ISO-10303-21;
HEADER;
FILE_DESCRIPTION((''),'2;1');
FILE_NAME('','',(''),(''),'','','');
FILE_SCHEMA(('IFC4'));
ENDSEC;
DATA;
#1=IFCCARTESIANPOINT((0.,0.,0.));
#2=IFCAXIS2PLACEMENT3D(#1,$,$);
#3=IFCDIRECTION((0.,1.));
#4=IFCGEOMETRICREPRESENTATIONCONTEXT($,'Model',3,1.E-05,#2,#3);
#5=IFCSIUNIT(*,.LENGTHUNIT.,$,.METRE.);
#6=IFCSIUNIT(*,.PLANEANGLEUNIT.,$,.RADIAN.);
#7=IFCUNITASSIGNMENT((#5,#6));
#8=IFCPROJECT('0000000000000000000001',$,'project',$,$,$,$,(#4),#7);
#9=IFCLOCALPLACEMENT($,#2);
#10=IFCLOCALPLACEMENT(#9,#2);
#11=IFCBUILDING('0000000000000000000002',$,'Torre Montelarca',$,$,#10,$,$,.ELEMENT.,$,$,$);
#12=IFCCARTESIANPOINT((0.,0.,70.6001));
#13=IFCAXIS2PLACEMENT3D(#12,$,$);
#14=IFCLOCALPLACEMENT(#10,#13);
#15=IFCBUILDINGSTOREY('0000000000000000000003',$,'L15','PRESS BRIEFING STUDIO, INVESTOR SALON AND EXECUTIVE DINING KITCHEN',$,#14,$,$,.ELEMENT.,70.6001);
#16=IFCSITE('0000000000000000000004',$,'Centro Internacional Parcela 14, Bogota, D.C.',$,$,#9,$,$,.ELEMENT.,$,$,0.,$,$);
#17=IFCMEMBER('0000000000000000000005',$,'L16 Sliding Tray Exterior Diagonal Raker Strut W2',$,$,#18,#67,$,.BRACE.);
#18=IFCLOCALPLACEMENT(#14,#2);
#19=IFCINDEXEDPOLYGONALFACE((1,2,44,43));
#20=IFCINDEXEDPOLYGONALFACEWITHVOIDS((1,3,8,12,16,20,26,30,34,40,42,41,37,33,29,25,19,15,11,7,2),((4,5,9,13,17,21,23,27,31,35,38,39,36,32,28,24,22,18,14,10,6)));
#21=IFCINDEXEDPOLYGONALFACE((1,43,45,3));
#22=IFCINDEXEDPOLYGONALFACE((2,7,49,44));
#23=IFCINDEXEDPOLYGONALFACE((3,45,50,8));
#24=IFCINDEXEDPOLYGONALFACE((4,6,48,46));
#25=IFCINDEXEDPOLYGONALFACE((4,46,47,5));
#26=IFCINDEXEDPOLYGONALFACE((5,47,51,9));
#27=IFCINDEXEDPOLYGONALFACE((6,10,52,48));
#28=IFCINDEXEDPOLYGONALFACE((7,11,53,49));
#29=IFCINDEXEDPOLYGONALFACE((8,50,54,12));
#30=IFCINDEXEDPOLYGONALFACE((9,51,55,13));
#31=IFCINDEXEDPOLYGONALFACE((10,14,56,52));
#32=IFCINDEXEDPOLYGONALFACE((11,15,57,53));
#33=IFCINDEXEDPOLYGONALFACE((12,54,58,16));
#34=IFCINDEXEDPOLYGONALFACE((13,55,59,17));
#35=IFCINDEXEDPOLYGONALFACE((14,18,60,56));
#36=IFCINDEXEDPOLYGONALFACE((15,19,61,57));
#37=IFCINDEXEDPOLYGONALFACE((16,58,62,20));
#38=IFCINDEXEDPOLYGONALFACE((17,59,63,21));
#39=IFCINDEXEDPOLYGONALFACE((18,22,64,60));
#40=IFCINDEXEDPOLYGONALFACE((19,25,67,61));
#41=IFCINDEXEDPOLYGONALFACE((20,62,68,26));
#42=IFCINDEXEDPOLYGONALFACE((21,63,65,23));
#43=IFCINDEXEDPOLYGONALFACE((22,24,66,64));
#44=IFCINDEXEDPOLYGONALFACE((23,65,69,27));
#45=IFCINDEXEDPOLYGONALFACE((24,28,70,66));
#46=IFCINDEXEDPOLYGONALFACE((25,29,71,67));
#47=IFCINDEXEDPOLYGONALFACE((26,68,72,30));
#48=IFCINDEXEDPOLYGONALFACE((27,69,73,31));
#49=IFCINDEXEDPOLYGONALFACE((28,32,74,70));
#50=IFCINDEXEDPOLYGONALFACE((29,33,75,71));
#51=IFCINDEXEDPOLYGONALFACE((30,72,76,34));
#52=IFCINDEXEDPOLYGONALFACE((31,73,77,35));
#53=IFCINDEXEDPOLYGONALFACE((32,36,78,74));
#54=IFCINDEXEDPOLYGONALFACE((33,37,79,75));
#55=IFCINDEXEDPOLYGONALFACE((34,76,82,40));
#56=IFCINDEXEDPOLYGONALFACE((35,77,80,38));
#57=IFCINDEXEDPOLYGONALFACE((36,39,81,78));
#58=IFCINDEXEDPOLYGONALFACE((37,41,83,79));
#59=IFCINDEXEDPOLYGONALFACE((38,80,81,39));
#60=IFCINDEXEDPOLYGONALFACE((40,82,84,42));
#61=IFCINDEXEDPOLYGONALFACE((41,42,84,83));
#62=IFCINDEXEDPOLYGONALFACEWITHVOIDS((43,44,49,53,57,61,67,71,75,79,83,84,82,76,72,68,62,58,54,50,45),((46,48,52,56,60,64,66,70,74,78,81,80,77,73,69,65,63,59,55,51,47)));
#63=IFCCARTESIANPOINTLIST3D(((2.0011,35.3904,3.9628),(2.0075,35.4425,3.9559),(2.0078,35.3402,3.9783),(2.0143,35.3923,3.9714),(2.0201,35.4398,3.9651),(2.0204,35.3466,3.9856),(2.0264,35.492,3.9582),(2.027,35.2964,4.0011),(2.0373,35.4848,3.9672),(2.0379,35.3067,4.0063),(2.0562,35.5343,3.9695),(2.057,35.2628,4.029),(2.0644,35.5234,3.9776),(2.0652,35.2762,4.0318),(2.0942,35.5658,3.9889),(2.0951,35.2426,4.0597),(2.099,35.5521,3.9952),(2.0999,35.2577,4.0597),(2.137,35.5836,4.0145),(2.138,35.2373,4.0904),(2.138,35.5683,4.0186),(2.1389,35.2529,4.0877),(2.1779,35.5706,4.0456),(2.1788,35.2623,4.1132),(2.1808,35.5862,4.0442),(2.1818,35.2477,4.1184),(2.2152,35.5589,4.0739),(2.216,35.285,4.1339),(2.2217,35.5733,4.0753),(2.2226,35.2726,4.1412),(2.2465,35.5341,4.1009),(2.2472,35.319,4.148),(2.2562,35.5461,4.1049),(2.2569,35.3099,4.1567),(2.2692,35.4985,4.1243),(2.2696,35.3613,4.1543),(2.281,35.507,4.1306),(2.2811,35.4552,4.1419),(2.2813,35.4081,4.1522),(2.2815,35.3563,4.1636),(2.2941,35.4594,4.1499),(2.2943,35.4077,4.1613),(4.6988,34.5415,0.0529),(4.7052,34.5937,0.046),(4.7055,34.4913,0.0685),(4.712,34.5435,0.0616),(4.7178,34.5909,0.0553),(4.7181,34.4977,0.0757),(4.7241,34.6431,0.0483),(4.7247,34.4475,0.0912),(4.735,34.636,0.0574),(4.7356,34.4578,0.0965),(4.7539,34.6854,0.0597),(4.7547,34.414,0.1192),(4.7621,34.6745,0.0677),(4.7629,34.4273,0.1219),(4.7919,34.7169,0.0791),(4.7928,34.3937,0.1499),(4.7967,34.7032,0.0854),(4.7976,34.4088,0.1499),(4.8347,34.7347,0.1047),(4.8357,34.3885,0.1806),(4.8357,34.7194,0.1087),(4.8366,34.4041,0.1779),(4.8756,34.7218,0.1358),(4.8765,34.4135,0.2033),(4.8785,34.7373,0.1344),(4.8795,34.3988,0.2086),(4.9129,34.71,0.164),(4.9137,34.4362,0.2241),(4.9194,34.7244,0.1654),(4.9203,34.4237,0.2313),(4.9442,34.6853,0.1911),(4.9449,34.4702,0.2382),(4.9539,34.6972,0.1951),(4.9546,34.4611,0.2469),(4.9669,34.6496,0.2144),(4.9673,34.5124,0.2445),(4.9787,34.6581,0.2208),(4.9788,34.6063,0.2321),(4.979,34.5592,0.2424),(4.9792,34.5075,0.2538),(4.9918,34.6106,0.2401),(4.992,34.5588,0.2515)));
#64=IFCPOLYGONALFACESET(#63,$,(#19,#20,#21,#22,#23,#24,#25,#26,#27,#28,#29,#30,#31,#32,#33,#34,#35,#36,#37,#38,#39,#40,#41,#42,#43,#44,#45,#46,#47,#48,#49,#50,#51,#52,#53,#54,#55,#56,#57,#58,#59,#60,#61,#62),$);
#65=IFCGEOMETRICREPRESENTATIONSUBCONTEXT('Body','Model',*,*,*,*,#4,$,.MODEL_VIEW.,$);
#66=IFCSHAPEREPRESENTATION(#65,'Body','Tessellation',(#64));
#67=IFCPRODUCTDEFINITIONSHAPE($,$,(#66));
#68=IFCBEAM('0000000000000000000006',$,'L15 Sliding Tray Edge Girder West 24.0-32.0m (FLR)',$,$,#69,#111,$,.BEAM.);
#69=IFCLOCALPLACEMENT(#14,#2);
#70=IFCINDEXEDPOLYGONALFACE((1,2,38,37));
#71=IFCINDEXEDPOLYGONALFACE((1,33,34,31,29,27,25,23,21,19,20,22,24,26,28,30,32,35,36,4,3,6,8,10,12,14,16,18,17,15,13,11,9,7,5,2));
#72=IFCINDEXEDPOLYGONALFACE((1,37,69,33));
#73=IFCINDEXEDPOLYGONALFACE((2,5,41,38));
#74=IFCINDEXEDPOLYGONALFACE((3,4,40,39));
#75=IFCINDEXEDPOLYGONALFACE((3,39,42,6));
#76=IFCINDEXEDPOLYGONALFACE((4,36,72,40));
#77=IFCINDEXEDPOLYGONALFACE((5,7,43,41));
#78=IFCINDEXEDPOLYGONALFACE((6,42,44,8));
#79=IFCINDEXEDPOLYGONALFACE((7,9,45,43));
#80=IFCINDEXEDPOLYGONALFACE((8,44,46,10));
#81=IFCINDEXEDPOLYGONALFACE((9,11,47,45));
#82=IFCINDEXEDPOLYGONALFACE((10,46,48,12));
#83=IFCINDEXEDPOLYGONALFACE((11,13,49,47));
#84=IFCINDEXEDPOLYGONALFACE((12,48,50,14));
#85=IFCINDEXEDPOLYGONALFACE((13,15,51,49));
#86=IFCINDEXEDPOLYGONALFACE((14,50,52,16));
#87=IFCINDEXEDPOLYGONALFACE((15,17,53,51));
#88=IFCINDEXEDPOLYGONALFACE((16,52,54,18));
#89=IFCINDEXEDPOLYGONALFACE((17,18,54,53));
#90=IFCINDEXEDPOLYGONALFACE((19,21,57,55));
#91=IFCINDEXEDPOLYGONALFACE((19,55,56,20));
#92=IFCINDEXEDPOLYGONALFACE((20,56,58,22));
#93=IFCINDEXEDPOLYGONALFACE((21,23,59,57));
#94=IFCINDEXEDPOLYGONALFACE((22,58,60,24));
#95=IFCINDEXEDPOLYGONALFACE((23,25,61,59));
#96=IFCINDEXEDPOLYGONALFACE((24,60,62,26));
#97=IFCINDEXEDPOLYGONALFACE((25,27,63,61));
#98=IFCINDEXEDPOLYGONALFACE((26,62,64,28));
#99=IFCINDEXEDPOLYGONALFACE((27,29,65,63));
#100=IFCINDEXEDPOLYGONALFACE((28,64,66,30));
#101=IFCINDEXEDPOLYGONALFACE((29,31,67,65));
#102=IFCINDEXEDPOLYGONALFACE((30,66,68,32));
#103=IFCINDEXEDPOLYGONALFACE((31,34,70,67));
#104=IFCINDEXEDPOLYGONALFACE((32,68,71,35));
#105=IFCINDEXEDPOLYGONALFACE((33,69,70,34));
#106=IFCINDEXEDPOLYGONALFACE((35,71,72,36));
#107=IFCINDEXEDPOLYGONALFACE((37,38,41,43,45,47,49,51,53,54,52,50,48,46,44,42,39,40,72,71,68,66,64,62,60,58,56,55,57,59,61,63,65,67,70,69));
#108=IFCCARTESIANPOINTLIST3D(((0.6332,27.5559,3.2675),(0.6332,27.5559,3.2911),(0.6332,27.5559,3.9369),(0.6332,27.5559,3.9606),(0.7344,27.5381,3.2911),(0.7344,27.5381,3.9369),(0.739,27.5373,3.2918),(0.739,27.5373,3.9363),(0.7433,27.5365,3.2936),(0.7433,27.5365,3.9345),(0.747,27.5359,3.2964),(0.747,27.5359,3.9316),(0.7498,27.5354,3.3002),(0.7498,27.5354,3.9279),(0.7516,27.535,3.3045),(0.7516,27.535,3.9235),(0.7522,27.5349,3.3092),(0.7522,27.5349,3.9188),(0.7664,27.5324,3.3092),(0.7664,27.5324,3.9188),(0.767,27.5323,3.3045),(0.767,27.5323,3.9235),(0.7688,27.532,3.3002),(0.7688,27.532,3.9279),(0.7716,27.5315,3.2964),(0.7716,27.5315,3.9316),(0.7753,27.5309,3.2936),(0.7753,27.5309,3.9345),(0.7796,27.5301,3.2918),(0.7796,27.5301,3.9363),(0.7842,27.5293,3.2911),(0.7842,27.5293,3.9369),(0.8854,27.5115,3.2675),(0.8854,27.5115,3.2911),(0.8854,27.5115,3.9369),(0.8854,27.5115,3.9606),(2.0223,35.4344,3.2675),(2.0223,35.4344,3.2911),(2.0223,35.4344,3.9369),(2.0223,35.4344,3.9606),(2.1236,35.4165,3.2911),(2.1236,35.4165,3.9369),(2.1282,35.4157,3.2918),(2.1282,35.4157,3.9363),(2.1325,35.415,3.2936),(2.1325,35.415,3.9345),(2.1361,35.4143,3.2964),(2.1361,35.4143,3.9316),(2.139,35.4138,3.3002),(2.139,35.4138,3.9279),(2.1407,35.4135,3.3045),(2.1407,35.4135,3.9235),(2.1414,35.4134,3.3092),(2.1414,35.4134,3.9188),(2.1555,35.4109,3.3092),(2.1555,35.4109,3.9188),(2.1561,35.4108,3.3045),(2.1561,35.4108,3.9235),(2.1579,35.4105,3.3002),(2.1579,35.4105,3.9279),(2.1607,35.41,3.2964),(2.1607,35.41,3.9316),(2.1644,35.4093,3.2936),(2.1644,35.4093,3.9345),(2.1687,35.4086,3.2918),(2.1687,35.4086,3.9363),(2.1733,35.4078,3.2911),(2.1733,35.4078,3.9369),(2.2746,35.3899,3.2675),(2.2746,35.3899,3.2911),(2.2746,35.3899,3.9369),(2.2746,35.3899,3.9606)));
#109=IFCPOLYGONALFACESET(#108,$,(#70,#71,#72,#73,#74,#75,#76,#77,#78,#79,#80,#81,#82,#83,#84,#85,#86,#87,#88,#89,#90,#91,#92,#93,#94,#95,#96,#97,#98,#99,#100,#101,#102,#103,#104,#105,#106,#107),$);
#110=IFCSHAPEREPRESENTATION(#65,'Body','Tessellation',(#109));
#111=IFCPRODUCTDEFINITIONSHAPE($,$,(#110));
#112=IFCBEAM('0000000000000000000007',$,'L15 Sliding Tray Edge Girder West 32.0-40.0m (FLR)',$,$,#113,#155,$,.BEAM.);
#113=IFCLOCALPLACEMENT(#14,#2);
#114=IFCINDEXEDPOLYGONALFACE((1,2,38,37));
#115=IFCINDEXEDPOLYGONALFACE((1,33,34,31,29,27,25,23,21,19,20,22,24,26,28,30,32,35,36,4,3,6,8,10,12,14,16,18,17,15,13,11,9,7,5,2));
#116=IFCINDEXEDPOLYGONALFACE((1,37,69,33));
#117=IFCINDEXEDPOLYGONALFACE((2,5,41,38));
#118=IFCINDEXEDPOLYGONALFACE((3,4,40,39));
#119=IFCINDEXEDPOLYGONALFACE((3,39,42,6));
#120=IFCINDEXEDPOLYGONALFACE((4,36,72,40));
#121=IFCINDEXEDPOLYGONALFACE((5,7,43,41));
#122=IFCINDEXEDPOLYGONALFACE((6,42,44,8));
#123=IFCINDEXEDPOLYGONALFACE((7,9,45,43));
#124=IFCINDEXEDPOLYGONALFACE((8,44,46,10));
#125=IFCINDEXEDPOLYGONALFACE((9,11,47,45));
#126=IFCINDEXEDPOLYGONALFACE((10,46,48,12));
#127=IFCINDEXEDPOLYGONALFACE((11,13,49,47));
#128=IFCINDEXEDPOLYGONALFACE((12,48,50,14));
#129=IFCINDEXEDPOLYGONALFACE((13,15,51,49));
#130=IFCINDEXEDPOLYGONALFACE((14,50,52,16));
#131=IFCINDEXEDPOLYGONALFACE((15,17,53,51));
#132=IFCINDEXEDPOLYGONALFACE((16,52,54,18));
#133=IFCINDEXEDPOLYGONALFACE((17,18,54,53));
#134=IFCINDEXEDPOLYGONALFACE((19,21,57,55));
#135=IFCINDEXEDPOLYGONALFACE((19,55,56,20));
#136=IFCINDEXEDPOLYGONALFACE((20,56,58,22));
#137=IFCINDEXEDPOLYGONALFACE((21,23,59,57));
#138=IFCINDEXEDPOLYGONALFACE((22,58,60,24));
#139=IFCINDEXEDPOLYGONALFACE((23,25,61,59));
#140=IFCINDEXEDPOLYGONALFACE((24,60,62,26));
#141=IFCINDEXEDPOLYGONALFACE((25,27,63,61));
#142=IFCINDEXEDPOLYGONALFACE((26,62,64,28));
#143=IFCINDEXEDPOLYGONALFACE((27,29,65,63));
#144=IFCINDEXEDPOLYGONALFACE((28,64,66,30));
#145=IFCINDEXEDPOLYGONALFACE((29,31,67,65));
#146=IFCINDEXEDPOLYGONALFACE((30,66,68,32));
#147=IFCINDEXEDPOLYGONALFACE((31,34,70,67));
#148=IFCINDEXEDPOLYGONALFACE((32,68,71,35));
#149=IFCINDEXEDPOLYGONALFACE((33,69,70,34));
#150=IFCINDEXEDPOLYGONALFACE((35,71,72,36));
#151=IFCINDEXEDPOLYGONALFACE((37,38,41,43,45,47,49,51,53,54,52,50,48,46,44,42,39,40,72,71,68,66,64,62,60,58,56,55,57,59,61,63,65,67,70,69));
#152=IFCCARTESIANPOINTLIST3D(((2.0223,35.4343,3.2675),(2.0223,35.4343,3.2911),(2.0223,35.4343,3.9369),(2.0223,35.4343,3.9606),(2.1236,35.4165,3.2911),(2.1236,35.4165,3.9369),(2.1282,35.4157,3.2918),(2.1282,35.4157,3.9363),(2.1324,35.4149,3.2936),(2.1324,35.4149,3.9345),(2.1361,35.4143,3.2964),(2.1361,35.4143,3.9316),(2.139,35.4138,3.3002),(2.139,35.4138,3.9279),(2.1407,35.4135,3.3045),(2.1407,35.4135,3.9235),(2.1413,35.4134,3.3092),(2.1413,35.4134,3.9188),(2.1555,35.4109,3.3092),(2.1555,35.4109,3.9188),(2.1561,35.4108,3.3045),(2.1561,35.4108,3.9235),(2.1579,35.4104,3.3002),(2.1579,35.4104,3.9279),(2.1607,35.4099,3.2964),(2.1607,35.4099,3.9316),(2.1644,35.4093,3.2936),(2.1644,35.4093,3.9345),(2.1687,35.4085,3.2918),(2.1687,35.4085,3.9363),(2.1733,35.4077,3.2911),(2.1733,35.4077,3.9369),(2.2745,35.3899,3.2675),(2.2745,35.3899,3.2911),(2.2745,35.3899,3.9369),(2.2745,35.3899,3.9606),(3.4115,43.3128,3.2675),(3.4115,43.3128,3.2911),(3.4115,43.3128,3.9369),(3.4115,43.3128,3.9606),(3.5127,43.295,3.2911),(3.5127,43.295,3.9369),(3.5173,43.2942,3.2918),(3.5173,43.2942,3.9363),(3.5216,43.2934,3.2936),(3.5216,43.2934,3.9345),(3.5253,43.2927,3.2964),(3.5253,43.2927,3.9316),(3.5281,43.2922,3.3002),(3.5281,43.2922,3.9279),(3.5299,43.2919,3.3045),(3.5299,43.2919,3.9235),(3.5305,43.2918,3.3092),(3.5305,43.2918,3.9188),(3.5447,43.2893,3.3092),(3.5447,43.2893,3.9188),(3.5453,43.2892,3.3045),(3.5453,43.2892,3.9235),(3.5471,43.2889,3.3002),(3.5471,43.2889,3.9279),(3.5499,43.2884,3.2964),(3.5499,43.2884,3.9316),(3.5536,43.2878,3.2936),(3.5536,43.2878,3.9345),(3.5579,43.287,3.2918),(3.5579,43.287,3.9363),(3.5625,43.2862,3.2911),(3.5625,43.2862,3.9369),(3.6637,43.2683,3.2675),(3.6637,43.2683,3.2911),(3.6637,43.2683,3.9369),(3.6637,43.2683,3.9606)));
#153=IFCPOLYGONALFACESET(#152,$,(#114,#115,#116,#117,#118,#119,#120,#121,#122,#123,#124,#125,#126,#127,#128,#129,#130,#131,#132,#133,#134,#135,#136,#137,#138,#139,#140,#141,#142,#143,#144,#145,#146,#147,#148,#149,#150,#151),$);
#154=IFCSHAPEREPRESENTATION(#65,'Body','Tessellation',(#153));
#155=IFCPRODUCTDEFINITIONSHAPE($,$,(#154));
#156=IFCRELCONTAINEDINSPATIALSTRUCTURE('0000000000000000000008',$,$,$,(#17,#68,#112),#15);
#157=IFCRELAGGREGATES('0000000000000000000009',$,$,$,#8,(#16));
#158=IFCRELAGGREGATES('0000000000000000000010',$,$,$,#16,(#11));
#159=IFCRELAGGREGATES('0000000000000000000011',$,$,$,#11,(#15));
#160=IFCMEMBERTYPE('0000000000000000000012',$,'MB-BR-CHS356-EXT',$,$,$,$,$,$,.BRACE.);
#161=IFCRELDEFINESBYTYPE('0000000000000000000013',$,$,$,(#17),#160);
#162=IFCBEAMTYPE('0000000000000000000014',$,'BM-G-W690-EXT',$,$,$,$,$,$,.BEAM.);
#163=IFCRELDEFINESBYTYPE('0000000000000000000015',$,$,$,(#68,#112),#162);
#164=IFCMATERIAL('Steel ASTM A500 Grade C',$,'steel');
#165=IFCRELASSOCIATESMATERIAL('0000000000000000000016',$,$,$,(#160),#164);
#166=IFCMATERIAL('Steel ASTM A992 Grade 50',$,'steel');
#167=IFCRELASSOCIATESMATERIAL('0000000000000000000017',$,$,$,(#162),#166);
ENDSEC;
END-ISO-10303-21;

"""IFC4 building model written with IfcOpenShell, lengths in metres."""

from ifc_helpers import new_model, si_unit, direction, frame, origin, origin_2d, place, context, subcontext, project, spatial, hollow_circle, i_section, extrude, source, transform, mapped, material, material_profile, profile_set, type_object, element, save


model = new_model("IFC4")

# Units and contexts
model_context = context("Model", 3, precision=1e-05, world=origin(), true_north=direction((0.0, 1.0)))
body_context = subcontext(model_context, "Body", "Model", "MODEL_VIEW")
ifc_project = project(units=[si_unit("LENGTHUNIT", "METRE"), si_unit("PLANEANGLEUNIT", "RADIAN")], contexts=[model_context])

# Site, building, storey
site_placement = place(None, origin())
site = spatial("IfcSite", under=ifc_project, at=site_placement, Name="Centro Internacional Parcela 14, Bogota, D.C.", CompositionType="ELEMENT", RefElevation=0.0)
building_placement = place(site_placement, origin())
building = spatial("IfcBuilding", under=site, at=building_placement, Name="Torre Montelarca", CompositionType="ELEMENT")
storey_placement = place(building_placement, frame((0.0, 0.0, 70.6001)))
storey = spatial("IfcBuildingStorey", under=building, at=storey_placement, Name="L15", Description="PRESS BRIEFING STUDIO, INVESTOR SALON AND EXECUTIVE DINING KITCHEN", CompositionType="ELEMENT", Elevation=70.6001)

# Member
ifc_material_1 = material(Name="Steel ASTM A500 Grade C", Category="steel")
ifc_material_profile_1 = material_profile(ifc_material_1, hollow_circle(Radius=0.1777, WallThickness=0.0159, at=origin_2d()), Name="HSS355.6X15.9", Category="steel")
ifc_profile_set_1 = profile_set([ifc_material_profile_1], Name="Steel ASTM A500 Grade C")
member_type_1 = type_object("IfcMemberType", Name="MB-BR-CHS356-EXT", PredefinedType="BRACE", material=ifc_profile_set_1)
shared_shape_1 = source(origin(), body_context, "Body", "SweptSolid", [
    extrude(hollow_circle(Radius=0.1777, WallThickness=0.0159, at=origin_2d()), origin(), (0.0, 0.0, 1.0), 4.8254),
])
member_1_placement = place(storey_placement, frame((4.8462, 34.5632, 0.1499), z_axis=(-0.559057, 0.175913, 0.810253), x_axis=(-0.300152, -0.953891, 0.0)))
element("IfcMember", 1, at=member_1_placement, inside=storey, type_object=member_type_1, Name="L16 Sliding Tray Exterior Diagonal Raker Strut W2", PredefinedType="BRACE", context=body_context, shape_type="MappedRepresentation", body=[
    mapped(shared_shape_1, transform((0.0, 0.0, 0.0), scale=1.0)),
])

# Beams
ifc_material_2 = material(Name="Steel ASTM A992 Grade 50", Category="steel")
ifc_material_profile_2 = material_profile(ifc_material_2, i_section(OverallWidth=0.2561, OverallDepth=0.6931, WebThickness=0.0144, FlangeThickness=0.0237, FilletRadius=0.0181, at=origin_2d()), Name="W690X170", Category="steel")
ifc_profile_set_2 = profile_set([ifc_material_profile_2], Name="Steel ASTM A992 Grade 50")
beam_type = type_object("IfcBeamType", Name="BM-G-W690-EXT", PredefinedType="BEAM", material=ifc_profile_set_2)
shared_shape_2 = source(origin(), body_context, "Body", "SweptSolid", [
    extrude(i_section(OverallWidth=0.2561, OverallDepth=0.6931, WebThickness=0.0144, FlangeThickness=0.0237, FilletRadius=0.0181, at=origin_2d()), origin(), (0.0, 0.0, 1.0), 8.0),
])
for number, where, z_axis, x_axis, name in (
    (2, (0.7593, 27.5337, 3.614), (0.173646, 0.984808, 0.0), (-0.984808, 0.173646, 0.0), "L15 Sliding Tray Edge Girder West 24.0-32.0m (FLR)"),
    (3, (2.1484, 35.4121, 3.614), (0.173646, 0.984808, 0.0), (-0.984808, 0.173646, 0.0), "L15 Sliding Tray Edge Girder West 32.0-40.0m (FLR)"),
):
    element("IfcBeam", number, at=place(storey_placement, frame(where, z_axis=z_axis, x_axis=x_axis)), inside=storey, type_object=beam_type, Name=name, PredefinedType="BEAM", context=body_context, shape_type="MappedRepresentation", body=[
        mapped(shared_shape_2, transform((0.0, 0.0, 0.0), scale=1.0)),
    ])

save(model, "model.ifc")
